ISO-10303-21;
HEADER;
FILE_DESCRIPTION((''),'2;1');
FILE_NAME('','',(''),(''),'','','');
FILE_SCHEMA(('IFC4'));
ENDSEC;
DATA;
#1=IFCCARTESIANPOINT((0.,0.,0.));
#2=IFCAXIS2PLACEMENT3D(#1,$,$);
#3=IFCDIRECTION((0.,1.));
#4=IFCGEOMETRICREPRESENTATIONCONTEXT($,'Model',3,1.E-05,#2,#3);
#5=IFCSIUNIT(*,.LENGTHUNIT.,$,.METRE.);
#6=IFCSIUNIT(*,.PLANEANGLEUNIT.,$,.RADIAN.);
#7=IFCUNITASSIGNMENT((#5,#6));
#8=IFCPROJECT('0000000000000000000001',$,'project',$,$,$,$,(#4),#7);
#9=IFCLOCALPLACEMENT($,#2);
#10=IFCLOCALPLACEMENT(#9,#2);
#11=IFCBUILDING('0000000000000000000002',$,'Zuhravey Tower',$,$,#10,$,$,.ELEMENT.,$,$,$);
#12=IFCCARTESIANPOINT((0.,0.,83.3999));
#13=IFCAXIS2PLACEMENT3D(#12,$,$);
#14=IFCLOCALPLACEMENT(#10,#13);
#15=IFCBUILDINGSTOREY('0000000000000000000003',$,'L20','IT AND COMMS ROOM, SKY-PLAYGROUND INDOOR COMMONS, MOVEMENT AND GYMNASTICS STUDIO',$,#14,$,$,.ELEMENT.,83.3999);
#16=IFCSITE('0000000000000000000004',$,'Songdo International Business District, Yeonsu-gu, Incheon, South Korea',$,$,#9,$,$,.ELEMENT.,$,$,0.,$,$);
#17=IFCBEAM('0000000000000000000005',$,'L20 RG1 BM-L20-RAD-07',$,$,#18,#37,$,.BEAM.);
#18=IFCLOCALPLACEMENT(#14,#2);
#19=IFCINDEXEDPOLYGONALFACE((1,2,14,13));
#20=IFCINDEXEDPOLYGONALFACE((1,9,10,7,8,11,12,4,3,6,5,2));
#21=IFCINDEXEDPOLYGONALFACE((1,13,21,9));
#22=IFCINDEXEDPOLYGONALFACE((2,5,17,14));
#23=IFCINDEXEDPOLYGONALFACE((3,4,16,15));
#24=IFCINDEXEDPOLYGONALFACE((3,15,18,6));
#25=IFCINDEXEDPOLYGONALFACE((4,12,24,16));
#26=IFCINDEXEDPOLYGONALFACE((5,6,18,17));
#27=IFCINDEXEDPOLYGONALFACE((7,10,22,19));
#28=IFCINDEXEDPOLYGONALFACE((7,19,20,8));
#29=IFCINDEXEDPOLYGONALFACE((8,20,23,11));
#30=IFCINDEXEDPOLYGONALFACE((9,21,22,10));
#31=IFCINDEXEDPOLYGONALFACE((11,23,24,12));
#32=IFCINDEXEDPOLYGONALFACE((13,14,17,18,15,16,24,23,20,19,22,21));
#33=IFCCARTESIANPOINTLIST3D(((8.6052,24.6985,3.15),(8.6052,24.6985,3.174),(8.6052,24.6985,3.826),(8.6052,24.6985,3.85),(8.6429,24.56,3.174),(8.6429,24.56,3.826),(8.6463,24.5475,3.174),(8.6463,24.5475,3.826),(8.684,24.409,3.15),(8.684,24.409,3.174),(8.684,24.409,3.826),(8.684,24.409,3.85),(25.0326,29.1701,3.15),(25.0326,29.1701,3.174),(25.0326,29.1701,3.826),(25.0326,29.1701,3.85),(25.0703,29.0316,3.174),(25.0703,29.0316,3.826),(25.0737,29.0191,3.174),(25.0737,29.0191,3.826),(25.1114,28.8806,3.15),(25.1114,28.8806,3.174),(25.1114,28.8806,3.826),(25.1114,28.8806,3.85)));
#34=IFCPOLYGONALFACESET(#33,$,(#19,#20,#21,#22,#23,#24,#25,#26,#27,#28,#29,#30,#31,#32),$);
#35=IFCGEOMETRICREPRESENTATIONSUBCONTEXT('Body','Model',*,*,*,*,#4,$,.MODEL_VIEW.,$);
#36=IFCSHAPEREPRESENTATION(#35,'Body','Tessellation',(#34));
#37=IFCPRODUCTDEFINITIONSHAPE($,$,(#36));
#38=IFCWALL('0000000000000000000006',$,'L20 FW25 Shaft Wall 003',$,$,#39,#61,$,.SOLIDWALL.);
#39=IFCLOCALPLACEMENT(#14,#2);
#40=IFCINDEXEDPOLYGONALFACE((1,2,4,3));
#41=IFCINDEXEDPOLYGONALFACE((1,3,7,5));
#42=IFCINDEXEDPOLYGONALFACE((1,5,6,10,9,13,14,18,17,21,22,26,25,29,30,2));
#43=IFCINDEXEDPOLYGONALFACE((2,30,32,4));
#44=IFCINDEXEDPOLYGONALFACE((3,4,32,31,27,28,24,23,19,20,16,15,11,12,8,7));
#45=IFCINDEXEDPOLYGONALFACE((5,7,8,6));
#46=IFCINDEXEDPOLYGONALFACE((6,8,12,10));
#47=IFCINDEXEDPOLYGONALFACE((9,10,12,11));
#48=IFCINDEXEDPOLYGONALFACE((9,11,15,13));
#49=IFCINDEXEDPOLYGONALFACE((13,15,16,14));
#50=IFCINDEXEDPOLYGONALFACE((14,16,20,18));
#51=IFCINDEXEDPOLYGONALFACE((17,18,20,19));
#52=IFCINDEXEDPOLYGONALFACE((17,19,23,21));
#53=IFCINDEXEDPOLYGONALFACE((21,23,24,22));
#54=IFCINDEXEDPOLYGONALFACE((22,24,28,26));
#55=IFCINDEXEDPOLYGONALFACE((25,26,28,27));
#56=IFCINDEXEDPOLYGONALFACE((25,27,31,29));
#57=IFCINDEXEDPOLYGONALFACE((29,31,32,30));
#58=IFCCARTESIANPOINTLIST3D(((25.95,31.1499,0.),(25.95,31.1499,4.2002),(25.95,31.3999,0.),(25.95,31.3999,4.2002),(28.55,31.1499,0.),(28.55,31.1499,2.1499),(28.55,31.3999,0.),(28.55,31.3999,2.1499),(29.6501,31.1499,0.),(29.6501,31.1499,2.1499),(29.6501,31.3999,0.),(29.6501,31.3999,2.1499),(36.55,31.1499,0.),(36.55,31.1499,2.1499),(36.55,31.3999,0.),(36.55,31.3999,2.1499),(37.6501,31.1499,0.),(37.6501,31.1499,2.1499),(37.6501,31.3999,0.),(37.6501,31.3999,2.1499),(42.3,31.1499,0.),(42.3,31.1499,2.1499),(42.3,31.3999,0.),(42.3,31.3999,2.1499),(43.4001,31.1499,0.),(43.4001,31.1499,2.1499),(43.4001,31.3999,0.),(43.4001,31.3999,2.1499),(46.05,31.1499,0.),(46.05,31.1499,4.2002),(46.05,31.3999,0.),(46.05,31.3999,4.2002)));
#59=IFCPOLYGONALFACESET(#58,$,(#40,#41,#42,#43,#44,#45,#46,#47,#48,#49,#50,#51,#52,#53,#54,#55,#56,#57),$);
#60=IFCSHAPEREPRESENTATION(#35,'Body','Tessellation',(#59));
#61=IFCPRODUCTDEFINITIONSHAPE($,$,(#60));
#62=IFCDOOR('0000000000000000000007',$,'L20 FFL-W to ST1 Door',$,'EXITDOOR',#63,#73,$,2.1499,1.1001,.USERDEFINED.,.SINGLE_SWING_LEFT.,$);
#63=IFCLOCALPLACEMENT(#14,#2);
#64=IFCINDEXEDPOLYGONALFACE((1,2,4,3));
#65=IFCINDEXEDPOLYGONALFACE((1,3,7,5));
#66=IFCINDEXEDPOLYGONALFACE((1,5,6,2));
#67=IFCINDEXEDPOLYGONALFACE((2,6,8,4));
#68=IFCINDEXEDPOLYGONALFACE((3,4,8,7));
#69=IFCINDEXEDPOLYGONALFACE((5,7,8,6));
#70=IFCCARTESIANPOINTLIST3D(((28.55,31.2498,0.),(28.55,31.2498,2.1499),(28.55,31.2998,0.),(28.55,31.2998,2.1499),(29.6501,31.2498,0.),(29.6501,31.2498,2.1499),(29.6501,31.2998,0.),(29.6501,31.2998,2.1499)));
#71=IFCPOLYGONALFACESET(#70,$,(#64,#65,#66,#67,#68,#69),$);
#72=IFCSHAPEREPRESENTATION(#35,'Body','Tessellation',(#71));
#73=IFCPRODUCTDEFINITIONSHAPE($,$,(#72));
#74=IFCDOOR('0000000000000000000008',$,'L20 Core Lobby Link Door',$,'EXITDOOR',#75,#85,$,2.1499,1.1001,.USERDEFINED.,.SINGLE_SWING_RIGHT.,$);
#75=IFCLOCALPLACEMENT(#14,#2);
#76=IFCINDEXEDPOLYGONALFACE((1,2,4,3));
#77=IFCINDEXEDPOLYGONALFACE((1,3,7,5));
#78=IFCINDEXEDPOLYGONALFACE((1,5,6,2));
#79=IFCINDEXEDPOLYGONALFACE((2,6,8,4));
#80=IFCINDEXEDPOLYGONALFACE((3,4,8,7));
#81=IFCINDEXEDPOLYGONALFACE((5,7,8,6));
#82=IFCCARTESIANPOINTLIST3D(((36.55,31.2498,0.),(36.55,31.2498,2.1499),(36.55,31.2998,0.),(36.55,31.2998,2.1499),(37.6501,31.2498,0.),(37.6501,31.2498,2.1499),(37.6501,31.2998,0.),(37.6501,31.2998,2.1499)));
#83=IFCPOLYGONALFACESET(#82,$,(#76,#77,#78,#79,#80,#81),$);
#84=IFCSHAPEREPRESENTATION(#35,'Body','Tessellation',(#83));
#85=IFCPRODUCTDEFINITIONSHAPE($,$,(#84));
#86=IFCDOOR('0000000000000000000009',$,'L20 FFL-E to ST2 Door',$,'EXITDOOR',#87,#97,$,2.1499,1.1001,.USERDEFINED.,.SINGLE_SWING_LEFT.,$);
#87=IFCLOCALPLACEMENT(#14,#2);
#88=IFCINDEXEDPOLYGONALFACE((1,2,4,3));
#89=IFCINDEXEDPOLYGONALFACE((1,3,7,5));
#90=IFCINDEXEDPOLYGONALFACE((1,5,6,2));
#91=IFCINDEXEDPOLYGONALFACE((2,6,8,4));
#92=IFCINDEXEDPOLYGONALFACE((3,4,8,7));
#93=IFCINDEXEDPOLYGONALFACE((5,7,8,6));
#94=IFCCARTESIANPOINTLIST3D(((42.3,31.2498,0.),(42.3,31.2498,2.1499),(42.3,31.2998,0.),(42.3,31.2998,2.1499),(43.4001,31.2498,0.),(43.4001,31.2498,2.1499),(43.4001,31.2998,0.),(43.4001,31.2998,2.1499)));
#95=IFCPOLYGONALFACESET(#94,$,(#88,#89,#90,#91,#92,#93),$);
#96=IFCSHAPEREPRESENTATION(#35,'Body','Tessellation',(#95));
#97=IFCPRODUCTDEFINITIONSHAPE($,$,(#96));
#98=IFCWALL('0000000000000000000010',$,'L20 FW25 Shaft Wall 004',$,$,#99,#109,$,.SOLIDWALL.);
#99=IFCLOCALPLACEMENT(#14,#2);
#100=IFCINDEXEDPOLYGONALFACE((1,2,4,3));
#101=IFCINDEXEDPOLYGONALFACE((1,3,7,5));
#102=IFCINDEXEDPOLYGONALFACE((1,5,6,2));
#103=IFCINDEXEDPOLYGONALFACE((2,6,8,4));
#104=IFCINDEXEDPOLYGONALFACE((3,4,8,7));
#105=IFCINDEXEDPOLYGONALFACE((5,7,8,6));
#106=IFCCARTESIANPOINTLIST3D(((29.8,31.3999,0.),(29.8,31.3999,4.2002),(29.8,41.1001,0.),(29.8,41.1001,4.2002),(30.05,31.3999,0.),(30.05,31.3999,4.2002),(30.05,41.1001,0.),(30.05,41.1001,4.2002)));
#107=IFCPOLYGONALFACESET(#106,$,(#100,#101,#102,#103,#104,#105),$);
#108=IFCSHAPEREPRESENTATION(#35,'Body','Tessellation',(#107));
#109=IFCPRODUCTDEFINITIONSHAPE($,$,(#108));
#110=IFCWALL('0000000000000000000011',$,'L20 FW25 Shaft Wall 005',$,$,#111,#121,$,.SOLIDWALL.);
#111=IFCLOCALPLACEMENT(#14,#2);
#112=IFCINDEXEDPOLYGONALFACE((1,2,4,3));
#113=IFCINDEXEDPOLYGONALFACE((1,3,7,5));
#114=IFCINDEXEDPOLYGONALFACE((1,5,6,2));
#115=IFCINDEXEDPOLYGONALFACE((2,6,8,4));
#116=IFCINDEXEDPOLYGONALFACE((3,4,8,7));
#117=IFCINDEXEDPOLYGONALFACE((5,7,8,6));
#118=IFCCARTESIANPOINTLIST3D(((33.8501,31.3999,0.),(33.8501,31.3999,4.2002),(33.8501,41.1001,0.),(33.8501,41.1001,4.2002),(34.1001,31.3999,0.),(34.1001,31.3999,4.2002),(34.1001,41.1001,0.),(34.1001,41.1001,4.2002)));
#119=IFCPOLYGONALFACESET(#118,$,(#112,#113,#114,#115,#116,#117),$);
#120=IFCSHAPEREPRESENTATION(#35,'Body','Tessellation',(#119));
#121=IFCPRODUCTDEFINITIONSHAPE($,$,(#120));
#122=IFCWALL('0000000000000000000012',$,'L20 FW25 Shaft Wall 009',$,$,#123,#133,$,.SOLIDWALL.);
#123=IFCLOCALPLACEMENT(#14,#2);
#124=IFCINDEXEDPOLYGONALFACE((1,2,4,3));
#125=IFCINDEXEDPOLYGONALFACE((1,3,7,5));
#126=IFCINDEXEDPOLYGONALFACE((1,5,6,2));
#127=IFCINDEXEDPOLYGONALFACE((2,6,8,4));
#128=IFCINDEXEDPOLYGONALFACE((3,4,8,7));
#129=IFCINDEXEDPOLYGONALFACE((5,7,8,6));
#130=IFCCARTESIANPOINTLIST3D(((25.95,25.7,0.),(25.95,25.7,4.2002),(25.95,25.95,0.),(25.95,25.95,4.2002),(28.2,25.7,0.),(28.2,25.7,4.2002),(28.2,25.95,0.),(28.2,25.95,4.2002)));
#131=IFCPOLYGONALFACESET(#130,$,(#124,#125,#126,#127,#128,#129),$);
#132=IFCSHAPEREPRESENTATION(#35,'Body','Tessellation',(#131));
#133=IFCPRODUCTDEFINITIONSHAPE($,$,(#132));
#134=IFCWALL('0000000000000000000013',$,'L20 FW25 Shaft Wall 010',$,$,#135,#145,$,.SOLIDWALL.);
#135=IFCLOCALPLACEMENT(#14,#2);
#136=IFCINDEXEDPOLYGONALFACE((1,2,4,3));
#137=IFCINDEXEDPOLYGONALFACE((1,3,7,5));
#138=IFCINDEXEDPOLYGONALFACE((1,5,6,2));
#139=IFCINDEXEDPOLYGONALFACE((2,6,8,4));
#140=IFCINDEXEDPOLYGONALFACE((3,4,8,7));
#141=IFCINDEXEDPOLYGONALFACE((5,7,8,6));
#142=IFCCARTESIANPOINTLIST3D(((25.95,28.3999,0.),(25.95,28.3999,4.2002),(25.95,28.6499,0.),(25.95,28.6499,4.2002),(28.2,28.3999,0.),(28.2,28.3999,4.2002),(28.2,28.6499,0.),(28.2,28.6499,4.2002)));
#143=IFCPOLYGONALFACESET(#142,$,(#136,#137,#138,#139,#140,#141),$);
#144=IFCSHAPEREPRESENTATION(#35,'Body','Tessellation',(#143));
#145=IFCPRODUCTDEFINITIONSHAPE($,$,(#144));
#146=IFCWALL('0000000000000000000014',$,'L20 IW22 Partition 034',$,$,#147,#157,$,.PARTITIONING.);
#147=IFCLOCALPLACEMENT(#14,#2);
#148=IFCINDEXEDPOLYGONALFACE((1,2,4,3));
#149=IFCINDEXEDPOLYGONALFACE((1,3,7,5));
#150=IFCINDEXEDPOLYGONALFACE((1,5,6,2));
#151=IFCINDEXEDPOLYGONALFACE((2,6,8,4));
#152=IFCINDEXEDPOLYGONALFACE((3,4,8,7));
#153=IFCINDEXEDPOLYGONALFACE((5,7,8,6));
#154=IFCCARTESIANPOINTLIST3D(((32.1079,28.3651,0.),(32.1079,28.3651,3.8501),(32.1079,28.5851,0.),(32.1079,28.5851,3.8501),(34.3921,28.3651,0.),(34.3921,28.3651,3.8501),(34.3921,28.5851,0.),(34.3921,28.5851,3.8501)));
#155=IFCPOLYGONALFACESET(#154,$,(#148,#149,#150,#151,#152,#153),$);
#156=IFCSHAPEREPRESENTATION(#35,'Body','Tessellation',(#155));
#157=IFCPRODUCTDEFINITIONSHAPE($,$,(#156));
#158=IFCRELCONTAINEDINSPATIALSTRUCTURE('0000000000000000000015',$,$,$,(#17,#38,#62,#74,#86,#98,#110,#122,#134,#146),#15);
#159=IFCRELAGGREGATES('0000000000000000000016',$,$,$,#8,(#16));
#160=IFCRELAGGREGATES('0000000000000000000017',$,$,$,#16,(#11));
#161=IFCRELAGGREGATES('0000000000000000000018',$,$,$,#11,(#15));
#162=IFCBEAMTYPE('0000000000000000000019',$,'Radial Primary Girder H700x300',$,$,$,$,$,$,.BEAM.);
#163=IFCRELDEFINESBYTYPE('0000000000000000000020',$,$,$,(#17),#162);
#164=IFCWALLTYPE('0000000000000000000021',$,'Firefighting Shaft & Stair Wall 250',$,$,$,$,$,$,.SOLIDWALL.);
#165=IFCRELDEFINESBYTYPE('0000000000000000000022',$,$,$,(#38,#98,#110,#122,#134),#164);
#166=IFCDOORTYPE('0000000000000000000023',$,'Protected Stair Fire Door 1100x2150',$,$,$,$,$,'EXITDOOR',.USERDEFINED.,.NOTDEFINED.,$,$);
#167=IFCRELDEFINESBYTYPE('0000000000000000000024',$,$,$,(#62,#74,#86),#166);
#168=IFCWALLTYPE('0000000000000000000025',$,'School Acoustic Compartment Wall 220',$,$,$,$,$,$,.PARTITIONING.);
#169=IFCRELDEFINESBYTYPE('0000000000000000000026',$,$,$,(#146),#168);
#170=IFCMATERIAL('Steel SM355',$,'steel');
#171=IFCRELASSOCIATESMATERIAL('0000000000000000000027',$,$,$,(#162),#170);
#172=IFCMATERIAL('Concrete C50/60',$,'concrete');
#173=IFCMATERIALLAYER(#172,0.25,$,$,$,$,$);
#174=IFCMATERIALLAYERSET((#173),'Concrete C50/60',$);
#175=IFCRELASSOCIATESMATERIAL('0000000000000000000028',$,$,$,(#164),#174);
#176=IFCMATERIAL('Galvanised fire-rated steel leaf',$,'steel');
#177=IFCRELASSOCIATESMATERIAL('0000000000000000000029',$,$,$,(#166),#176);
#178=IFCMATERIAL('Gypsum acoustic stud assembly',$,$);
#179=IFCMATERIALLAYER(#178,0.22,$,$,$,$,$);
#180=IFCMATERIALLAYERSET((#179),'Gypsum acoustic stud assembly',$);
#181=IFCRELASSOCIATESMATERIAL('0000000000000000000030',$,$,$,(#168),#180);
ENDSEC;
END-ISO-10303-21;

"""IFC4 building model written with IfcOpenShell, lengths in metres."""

from ifc_helpers import new_model, si_unit, direction, frame, frame_2d, origin, origin_2d, place, context, subcontext, project, spatial, rectangle, i_section, extrude, material, layer, layer_set, material_profile, profile_set, type_object, element, fill, save


model = new_model("IFC4")

# Units and contexts
model_context = context("Model", 3, precision=1e-05, world=origin(), true_north=direction((0.0, 1.0)))
body_context = subcontext(model_context, "Body", "Model", "MODEL_VIEW")
ifc_project = project(units=[si_unit("LENGTHUNIT", "METRE"), si_unit("PLANEANGLEUNIT", "RADIAN")], contexts=[model_context])

# Site, building, storey
site_placement = place(None, origin())
site = spatial("IfcSite", under=ifc_project, at=site_placement, Name="Songdo International Business District, Yeonsu-gu, Incheon, South Korea", CompositionType="ELEMENT", RefElevation=0.0)
building_placement = place(site_placement, origin())
building = spatial("IfcBuilding", under=site, at=building_placement, Name="Zuhravey Tower", CompositionType="ELEMENT")
storey_placement = place(building_placement, frame((0.0, 0.0, 83.3999)))
storey = spatial("IfcBuildingStorey", under=building, at=storey_placement, Name="L20", Description="IT AND COMMS ROOM, SKY-PLAYGROUND INDOOR COMMONS, MOVEMENT AND GYMNASTICS STUDIO", CompositionType="ELEMENT", Elevation=83.3999)

# Beam
ifc_material_1 = material(Name="Steel SM355", Category="steel")
ifc_material_profile = material_profile(ifc_material_1, i_section(OverallWidth=0.3, OverallDepth=0.7, WebThickness=0.0129, FlangeThickness=0.0239, at=origin_2d()), Name="H-700x300x13x24")
ifc_profile_set = profile_set([ifc_material_profile], Name="Steel SM355")
beam_type = type_object("IfcBeamType", Name="Radial Primary Girder H700x300", PredefinedType="BEAM", material=ifc_profile_set)
beam_placement = place(storey_placement, frame((25.072, 29.0254, 3.5), z_axis=(-0.964891, -0.26265, 0.0), x_axis=(0.26265, -0.964891, 0.0)))
element("IfcBeam", 1, at=beam_placement, inside=storey, type_object=beam_type, Name="L20 RG1 BM-L20-RAD-07", PredefinedType="BEAM", context=body_context, shape_type="SweptSolid", body=[
    extrude(i_section(OverallWidth=0.3, OverallDepth=0.7, WebThickness=0.0129, FlangeThickness=0.0239, at=origin_2d()), origin(), (0.0, 0.0, 1.0), 17.0251),
])

# Wall, openings, doors
ifc_material_2 = material(Name="Concrete C50/60", Category="concrete")
ifc_layer_1 = layer(ifc_material_2, 0.25)
ifc_layer_set_1 = layer_set([ifc_layer_1], Name="Concrete C50/60")
wall_type_1 = type_object("IfcWallType", Name="Firefighting Shaft & Stair Wall 250", PredefinedType="SOLIDWALL", material=ifc_layer_set_1)
wall_1_placement = place(storey_placement, frame((25.95, 31.2749, 0.0), z_axis=(0.0, 0.0, 1.0), x_axis=(1.0, 0.0, 0.0)))
wall_1 = element("IfcWall", 2, at=wall_1_placement, inside=storey, type_object=wall_type_1, Name="L20 FW25 Shaft Wall 003", PredefinedType="SOLIDWALL", context=body_context, shape_type="SweptSolid", body=[
    extrude(rectangle(XDim=20.1001, YDim=0.25, at=frame_2d((10.05, 0.0))), origin(), (0.0, 0.0, 1.0), 4.2002),
])
opening_1_placement = place(wall_1_placement, frame((2.6001, 0.0, 0.0)))
opening_1 = element("IfcOpeningElement", 3, at=opening_1_placement, cuts=wall_1, PredefinedType="OPENING", context=body_context, shape_type="SweptSolid", body=[
    extrude(rectangle(XDim=1.1001, YDim=2.1499, at=frame_2d((0.55, 1.075))), frame((0.0, 0.137, 0.0), z_axis=(0.0, -1.0, 0.0), x_axis=(1.0, 0.0, 0.0)), (0.0, 0.0, 1.0), 0.2739),
])
opening_2_placement = place(wall_1_placement, frame((10.6001, 0.0, 0.0)))
opening_2 = element("IfcOpeningElement", 4, at=opening_2_placement, cuts=wall_1, PredefinedType="OPENING", context=body_context, shape_type="SweptSolid", body=[
    extrude(rectangle(XDim=1.1001, YDim=2.1499, at=frame_2d((0.55, 1.075))), frame((0.0, 0.137, 0.0), z_axis=(0.0, -1.0, 0.0), x_axis=(1.0, 0.0, 0.0)), (0.0, 0.0, 1.0), 0.2739),
])
opening_3_placement = place(wall_1_placement, frame((16.3501, 0.0, 0.0)))
opening_3 = element("IfcOpeningElement", 5, at=opening_3_placement, cuts=wall_1, PredefinedType="OPENING", context=body_context, shape_type="SweptSolid", body=[
    extrude(rectangle(XDim=1.1001, YDim=2.1499, at=frame_2d((0.55, 1.075))), frame((0.0, 0.137, 0.0), z_axis=(0.0, -1.0, 0.0), x_axis=(1.0, 0.0, 0.0)), (0.0, 0.0, 1.0), 0.2739),
])
ifc_material_3 = material(Name="Galvanised fire-rated steel leaf", Category="steel")
door_type = type_object("IfcDoorType", Name="Protected Stair Fire Door 1100x2150", ElementType="EXITDOOR", OperationType="NOTDEFINED", PredefinedType="USERDEFINED", material=ifc_material_3)
door_1_placement = place(opening_1_placement, origin())
door_1 = element("IfcDoor", 6, at=door_1_placement, inside=storey, type_object=door_type, Name="L20 FFL-W to ST1 Door", ObjectType="EXITDOOR", OperationType="SINGLE_SWING_LEFT", OverallHeight=2.1499, OverallWidth=1.1001, PredefinedType="USERDEFINED", context=body_context, shape_type="SweptSolid", body=[
    extrude(rectangle(XDim=1.1001, YDim=2.1499, at=frame_2d((0.55, 1.075))), frame((0.0, 0.0249, 0.0), z_axis=(0.0, -1.0, 0.0), x_axis=(1.0, 0.0, 0.0)), (0.0, 0.0, 1.0), 0.05),
])
fill(opening_1, door_1)
door_2_placement = place(opening_2_placement, origin())
door_2 = element("IfcDoor", 7, at=door_2_placement, inside=storey, type_object=door_type, Name="L20 Core Lobby Link Door", ObjectType="EXITDOOR", OperationType="SINGLE_SWING_RIGHT", OverallHeight=2.1499, OverallWidth=1.1001, PredefinedType="USERDEFINED", context=body_context, shape_type="SweptSolid", body=[
    extrude(rectangle(XDim=1.1001, YDim=2.1499, at=frame_2d((0.55, 1.075))), frame((0.0, 0.0249, 0.0), z_axis=(0.0, -1.0, 0.0), x_axis=(1.0, 0.0, 0.0)), (0.0, 0.0, 1.0), 0.05),
])
fill(opening_2, door_2)
door_3_placement = place(opening_3_placement, origin())
door_3 = element("IfcDoor", 8, at=door_3_placement, inside=storey, type_object=door_type, Name="L20 FFL-E to ST2 Door", ObjectType="EXITDOOR", OperationType="SINGLE_SWING_LEFT", OverallHeight=2.1499, OverallWidth=1.1001, PredefinedType="USERDEFINED", context=body_context, shape_type="SweptSolid", body=[
    extrude(rectangle(XDim=1.1001, YDim=2.1499, at=frame_2d((0.55, 1.075))), frame((0.0, 0.0249, 0.0), z_axis=(0.0, -1.0, 0.0), x_axis=(1.0, 0.0, 0.0)), (0.0, 0.0, 1.0), 0.05),
])
fill(opening_3, door_3)

# Walls
for number, where, z_axis, x_axis, name in (
    (9, (29.925, 31.3999, 0.0), (0.0, 0.0, 1.0), (0.0, 1.0, 0.0), "L20 FW25 Shaft Wall 004"),
    (10, (33.9751, 31.3999, 0.0), (0.0, 0.0, 1.0), (0.0, 1.0, 0.0), "L20 FW25 Shaft Wall 005"),
):
    element("IfcWall", number, at=place(storey_placement, frame(where, z_axis=z_axis, x_axis=x_axis)), inside=storey, type_object=wall_type_1, Name=name, PredefinedType="SOLIDWALL", context=body_context, shape_type="SweptSolid", body=[
        extrude(rectangle(XDim=9.7002, YDim=0.25, at=frame_2d((4.8501, 0.0))), origin(), (0.0, 0.0, 1.0), 4.2002),
    ])
for number, where, z_axis, x_axis, name in (
    (11, (25.95, 25.825, 0.0), (0.0, 0.0, 1.0), (1.0, 0.0, 0.0), "L20 FW25 Shaft Wall 009"),
    (12, (25.95, 28.5249, 0.0), (0.0, 0.0, 1.0), (1.0, 0.0, 0.0), "L20 FW25 Shaft Wall 010"),
):
    element("IfcWall", number, at=place(storey_placement, frame(where, z_axis=z_axis, x_axis=x_axis)), inside=storey, type_object=wall_type_1, Name=name, PredefinedType="SOLIDWALL", context=body_context, shape_type="SweptSolid", body=[
        extrude(rectangle(XDim=2.25, YDim=0.25, at=frame_2d((1.125, 0.0))), origin(), (0.0, 0.0, 1.0), 4.2002),
    ])
ifc_material_4 = material(Name="Gypsum acoustic stud assembly")
ifc_layer_2 = layer(ifc_material_4, 0.22)
ifc_layer_set_2 = layer_set([ifc_layer_2], Name="Gypsum acoustic stud assembly")
wall_type_2 = type_object("IfcWallType", Name="School Acoustic Compartment Wall 220", PredefinedType="PARTITIONING", material=ifc_layer_set_2)
wall_2_placement = place(storey_placement, frame((32.1079, 28.4751, 0.0), z_axis=(0.0, 0.0, 1.0), x_axis=(1.0, 0.0, 0.0)))
element("IfcWall", 13, at=wall_2_placement, inside=storey, type_object=wall_type_2, Name="L20 IW22 Partition 034", PredefinedType="PARTITIONING", context=body_context, shape_type="SweptSolid", body=[
    extrude(rectangle(XDim=2.2842, YDim=0.22, at=frame_2d((1.1421, 0.0))), origin(), (0.0, 0.0, 1.0), 3.8501),
])

save(model, "model.ifc")
